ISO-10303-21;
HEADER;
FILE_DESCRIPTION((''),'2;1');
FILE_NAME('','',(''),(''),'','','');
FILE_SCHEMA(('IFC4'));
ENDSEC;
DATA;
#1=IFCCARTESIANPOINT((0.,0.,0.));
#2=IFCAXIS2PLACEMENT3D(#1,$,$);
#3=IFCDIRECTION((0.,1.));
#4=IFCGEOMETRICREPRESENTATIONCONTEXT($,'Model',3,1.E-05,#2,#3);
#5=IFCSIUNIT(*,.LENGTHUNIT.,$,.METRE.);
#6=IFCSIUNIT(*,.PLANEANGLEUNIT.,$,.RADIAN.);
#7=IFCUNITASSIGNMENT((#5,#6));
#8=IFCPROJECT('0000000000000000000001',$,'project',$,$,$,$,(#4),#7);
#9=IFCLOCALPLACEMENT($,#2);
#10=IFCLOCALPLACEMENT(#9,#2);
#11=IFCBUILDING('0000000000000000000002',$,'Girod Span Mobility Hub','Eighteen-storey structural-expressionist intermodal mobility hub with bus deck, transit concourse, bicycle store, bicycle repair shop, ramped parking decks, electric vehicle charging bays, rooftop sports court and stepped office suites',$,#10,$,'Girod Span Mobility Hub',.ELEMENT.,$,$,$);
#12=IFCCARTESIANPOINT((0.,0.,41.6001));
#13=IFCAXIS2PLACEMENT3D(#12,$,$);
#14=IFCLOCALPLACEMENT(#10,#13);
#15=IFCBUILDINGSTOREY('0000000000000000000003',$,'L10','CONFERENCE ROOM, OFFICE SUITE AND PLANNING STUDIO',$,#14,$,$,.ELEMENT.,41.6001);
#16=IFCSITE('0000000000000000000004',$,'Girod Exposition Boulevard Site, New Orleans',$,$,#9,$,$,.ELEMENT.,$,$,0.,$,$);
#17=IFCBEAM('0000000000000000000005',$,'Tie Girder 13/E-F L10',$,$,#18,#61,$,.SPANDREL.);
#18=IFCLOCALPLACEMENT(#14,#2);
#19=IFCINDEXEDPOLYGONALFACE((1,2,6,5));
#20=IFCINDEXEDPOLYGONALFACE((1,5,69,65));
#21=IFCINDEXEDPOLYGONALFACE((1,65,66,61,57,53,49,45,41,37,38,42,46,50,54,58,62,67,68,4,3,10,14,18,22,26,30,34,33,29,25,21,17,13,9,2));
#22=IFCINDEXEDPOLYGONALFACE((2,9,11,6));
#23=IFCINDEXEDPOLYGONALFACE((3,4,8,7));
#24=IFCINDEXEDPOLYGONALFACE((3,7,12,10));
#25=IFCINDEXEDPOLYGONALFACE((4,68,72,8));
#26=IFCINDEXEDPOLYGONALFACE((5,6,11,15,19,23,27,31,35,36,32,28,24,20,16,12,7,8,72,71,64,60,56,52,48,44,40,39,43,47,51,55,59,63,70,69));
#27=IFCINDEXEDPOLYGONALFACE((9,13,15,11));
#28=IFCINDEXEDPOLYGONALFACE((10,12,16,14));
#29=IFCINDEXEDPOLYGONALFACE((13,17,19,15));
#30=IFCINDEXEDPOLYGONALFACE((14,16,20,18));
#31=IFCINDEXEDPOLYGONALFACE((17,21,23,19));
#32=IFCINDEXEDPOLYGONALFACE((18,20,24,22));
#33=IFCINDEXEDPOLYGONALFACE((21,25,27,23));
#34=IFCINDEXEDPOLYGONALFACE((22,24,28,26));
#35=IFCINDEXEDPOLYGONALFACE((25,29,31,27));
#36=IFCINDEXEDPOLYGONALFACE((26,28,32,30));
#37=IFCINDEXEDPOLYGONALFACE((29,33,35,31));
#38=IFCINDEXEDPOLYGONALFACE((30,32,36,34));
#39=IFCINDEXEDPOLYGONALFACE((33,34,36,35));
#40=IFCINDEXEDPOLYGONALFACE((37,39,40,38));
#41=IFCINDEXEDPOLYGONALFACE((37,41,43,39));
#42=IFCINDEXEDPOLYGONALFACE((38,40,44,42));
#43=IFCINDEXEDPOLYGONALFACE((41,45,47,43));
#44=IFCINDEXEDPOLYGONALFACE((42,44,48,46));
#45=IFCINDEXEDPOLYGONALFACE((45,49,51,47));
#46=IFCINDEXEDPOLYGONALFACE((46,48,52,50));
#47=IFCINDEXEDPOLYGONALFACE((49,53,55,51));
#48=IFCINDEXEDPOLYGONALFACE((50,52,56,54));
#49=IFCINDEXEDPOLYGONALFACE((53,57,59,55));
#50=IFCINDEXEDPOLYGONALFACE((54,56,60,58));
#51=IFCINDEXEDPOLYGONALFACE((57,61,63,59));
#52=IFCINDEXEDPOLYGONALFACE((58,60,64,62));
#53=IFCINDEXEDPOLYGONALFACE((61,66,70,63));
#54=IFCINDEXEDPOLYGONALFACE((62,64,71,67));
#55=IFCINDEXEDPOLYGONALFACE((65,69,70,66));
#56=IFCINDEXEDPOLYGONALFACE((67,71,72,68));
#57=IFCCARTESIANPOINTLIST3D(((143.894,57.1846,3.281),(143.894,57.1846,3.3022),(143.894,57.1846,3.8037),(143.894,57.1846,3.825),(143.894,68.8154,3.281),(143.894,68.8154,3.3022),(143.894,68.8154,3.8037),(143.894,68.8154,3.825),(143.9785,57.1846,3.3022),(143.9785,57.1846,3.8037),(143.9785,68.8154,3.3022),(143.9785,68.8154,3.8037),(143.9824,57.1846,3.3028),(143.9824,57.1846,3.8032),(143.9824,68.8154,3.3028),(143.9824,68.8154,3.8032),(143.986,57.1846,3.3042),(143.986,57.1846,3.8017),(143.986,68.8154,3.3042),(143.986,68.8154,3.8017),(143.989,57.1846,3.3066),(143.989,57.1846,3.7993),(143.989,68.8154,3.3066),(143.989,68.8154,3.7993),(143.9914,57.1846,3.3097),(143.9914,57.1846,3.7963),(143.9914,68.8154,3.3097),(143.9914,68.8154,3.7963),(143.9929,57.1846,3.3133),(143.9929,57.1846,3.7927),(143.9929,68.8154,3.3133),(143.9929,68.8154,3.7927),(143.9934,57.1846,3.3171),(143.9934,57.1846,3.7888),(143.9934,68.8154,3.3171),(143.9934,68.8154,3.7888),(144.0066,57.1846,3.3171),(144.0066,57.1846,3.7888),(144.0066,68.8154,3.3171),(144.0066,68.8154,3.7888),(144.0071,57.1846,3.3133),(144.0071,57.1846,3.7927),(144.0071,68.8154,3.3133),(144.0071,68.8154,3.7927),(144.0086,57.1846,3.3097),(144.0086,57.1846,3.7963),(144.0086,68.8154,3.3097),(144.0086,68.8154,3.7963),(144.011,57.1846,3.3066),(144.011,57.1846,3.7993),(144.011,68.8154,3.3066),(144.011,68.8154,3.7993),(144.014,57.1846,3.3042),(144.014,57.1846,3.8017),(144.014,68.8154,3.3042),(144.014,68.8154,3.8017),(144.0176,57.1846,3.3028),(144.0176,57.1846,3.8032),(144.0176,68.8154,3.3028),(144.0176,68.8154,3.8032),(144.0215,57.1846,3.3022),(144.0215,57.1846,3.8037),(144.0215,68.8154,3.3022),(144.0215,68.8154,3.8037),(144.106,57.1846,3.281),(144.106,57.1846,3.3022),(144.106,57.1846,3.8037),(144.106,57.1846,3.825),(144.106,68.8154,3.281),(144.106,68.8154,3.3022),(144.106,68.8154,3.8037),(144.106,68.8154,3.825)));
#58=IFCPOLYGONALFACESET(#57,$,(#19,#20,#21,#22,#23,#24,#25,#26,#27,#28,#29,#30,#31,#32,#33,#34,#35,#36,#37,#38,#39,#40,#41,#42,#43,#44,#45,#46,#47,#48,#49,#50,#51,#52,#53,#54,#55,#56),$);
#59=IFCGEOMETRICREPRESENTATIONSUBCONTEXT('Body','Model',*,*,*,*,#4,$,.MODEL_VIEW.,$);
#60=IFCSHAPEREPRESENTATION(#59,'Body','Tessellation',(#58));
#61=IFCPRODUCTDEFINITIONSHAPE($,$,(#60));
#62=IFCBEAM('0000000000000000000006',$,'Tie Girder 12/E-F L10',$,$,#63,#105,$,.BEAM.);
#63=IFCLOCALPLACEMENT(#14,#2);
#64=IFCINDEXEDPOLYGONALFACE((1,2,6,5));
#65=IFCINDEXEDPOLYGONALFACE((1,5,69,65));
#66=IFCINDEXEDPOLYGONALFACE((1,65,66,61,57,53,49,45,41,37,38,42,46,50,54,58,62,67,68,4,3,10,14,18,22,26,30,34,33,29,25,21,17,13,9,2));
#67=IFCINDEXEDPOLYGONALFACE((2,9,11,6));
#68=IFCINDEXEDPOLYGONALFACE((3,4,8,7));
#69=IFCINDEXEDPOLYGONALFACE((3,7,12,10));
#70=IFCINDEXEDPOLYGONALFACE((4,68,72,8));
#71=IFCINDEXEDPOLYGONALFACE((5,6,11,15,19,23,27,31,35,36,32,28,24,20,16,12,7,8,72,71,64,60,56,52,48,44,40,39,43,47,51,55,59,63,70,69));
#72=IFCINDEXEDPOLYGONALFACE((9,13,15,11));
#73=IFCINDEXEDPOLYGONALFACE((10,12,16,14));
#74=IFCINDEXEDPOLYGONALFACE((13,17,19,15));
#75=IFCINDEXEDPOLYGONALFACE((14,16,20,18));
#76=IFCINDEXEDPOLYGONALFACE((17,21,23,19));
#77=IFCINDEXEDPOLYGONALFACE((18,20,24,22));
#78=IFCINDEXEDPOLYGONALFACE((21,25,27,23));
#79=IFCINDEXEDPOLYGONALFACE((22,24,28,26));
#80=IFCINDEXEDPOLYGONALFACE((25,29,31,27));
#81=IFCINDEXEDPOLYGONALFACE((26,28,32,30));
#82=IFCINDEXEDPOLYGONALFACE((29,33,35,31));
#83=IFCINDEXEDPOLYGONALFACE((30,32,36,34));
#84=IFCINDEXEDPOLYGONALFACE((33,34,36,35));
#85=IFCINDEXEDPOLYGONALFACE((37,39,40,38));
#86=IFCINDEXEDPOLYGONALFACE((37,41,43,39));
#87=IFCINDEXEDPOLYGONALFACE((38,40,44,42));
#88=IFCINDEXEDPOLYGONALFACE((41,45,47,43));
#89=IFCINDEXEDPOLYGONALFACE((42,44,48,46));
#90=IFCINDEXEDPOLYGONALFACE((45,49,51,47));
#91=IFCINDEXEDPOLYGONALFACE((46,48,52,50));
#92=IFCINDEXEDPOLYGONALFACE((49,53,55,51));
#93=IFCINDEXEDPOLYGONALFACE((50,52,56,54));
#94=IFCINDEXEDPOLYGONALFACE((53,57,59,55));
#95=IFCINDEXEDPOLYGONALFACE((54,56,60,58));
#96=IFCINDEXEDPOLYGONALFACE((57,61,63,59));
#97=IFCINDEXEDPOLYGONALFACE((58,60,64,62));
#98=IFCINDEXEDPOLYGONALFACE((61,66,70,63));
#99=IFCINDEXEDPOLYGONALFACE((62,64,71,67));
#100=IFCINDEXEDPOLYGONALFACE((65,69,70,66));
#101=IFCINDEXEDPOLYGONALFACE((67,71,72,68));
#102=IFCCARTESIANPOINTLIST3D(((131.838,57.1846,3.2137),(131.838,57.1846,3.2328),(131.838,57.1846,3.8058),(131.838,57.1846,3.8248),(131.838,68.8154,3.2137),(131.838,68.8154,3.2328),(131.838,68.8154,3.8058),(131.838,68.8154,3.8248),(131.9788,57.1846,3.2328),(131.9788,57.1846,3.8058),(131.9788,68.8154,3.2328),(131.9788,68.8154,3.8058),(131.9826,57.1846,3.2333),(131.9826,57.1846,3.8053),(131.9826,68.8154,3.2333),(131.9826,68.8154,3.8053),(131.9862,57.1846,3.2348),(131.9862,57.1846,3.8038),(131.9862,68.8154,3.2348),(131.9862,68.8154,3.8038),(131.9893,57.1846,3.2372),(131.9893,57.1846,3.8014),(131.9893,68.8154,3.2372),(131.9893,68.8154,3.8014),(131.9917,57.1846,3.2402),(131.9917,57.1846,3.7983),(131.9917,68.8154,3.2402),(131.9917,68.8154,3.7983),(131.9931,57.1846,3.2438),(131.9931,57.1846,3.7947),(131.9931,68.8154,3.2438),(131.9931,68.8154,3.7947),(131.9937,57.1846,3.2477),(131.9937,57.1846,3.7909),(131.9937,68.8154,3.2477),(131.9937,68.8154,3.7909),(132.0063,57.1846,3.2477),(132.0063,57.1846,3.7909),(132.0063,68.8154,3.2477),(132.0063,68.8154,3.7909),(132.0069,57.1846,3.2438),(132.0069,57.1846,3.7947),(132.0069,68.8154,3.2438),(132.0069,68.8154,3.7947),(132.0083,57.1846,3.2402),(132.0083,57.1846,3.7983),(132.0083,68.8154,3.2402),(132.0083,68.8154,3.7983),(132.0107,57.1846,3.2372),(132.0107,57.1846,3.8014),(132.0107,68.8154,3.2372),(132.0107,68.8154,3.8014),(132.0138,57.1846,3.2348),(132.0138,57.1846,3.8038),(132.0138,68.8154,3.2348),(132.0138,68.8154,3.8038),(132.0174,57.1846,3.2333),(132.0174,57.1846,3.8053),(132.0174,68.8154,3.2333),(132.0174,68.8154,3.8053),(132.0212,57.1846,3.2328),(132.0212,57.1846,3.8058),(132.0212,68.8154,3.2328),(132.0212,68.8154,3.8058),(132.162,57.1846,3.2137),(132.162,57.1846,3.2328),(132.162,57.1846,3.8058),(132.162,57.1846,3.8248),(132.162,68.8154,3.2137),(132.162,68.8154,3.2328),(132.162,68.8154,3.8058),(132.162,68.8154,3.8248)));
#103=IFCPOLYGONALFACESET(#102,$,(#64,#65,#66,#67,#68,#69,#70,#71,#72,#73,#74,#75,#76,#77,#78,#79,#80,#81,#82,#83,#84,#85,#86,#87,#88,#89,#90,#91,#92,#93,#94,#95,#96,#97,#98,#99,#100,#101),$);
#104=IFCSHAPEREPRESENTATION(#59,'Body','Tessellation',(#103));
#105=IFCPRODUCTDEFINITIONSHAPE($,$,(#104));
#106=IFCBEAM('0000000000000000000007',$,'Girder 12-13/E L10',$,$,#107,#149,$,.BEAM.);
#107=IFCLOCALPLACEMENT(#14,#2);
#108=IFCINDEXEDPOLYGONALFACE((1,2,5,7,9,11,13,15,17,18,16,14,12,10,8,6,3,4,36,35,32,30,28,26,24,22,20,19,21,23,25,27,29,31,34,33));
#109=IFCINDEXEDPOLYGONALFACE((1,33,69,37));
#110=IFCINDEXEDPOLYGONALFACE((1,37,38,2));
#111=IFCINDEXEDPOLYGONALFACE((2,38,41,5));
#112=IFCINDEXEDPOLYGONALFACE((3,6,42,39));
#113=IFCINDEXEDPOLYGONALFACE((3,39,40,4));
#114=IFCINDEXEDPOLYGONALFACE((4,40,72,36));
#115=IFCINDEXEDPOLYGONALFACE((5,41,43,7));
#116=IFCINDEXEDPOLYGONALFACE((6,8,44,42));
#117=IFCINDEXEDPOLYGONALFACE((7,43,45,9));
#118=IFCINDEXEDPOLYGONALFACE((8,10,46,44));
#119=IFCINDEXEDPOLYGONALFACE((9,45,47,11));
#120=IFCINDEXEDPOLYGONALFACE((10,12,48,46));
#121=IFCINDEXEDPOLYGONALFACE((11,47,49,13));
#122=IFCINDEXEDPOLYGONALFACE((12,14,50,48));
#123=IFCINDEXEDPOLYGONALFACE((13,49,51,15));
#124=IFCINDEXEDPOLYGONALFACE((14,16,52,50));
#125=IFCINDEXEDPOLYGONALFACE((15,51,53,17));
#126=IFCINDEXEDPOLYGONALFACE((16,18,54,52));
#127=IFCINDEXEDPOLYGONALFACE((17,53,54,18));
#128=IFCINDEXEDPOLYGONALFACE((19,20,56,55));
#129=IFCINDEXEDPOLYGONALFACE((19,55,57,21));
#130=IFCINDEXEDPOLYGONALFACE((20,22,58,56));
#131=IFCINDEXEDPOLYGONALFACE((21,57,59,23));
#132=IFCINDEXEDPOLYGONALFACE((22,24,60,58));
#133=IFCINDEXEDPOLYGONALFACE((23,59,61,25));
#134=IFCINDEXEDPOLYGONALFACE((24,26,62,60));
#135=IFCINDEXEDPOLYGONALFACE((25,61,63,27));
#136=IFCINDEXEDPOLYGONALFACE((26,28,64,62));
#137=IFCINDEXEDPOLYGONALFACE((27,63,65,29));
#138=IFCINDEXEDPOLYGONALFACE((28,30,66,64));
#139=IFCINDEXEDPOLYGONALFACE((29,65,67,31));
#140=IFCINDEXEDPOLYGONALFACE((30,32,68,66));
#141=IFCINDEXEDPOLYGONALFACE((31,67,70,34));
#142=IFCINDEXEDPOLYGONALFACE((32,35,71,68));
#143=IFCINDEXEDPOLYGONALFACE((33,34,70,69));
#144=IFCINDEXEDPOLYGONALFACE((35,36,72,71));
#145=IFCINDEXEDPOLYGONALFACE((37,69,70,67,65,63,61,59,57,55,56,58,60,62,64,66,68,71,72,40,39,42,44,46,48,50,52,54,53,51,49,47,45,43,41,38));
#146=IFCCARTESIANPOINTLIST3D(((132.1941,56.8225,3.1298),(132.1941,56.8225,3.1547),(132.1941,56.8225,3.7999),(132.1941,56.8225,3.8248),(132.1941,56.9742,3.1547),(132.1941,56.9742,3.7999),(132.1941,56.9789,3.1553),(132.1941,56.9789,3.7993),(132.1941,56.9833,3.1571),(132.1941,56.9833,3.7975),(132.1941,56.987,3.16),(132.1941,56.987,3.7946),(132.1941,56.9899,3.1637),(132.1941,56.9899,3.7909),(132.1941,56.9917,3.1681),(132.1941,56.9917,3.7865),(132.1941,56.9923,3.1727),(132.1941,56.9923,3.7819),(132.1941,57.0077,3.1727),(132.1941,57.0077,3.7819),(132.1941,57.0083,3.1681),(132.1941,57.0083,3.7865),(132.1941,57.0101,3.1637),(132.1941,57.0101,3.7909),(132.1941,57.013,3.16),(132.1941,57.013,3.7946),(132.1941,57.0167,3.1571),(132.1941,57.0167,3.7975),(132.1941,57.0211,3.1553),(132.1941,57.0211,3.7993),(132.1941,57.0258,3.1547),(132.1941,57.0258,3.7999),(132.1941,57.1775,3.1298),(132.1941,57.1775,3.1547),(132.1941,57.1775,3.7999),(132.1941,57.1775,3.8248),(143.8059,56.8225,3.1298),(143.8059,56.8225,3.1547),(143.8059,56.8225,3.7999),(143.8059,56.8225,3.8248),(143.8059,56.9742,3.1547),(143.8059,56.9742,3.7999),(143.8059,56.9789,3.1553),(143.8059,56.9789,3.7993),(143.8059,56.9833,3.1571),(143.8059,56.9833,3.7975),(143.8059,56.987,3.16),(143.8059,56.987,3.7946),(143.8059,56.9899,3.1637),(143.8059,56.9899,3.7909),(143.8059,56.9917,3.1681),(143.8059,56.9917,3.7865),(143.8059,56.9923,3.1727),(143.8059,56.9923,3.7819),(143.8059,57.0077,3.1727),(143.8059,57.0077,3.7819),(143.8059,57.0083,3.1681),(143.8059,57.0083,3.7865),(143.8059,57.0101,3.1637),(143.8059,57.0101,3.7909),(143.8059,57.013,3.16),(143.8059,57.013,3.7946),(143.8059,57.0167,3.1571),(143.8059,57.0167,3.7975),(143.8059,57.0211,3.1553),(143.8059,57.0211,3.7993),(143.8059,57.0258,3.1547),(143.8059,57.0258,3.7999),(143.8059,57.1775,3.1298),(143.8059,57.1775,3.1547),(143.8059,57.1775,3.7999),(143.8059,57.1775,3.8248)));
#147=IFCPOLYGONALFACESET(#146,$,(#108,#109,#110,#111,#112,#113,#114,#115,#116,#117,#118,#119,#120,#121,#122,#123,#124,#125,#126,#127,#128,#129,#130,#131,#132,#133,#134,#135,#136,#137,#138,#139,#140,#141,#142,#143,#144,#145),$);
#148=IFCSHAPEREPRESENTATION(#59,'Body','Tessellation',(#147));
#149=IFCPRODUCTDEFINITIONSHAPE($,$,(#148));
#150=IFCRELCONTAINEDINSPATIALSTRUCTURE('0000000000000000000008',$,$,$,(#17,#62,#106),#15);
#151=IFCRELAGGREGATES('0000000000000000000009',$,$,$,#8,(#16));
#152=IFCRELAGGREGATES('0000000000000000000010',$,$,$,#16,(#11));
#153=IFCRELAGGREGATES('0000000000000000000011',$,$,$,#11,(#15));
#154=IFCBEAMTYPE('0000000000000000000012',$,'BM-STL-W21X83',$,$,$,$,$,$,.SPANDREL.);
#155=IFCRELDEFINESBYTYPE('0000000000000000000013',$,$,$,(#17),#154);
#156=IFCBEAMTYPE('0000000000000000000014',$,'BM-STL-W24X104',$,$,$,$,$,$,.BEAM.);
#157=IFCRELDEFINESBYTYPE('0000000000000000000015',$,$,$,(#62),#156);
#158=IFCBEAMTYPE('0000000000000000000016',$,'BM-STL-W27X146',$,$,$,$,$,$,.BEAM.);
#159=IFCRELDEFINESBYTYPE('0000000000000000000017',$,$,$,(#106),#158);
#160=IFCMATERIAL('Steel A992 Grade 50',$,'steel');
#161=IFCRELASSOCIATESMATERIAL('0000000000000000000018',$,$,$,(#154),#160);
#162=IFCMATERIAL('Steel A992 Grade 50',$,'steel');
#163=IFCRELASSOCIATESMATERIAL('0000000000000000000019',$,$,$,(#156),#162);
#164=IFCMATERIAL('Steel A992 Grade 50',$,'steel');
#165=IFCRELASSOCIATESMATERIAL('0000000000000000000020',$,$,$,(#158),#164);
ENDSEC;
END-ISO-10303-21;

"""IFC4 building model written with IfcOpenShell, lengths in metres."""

from ifc_helpers import new_model, si_unit, direction, frame, origin, origin_2d, place, context, subcontext, project, spatial, i_section, extrude, material, material_profile, profile_set, type_object, element, save


model = new_model("IFC4")

# Units and contexts
model_context = context("Model", 3, precision=1e-05, world=origin(), true_north=direction((0.0, 1.0)))
body_context = subcontext(model_context, "Body", "Model", "MODEL_VIEW")
ifc_project = project(units=[si_unit("LENGTHUNIT", "METRE"), si_unit("PLANEANGLEUNIT", "RADIAN")], contexts=[model_context])

# Site, building, storey
site_placement = place(None, origin())
site = spatial("IfcSite", under=ifc_project, at=site_placement, Name="Girod Exposition Boulevard Site, New Orleans", CompositionType="ELEMENT", RefElevation=0.0)
building_placement = place(site_placement, origin())
building = spatial("IfcBuilding", under=site, at=building_placement, Name="Girod Span Mobility Hub", Description="Eighteen-storey structural-expressionist intermodal mobility hub with bus deck, transit concourse, bicycle store, bicycle repair shop, ramped parking decks, electric vehicle charging bays, rooftop sports court and stepped office suites", LongName="Girod Span Mobility Hub", CompositionType="ELEMENT")
storey_placement = place(building_placement, frame((0.0, 0.0, 41.6001)))
storey = spatial("IfcBuildingStorey", under=building, at=storey_placement, Name="L10", Description="CONFERENCE ROOM, OFFICE SUITE AND PLANNING STUDIO", CompositionType="ELEMENT", Elevation=41.6001)

# Beams
ifc_material_1 = material(Name="Steel A992 Grade 50", Category="steel")
ifc_material_profile_1 = material_profile(ifc_material_1, i_section(OverallWidth=0.2119, OverallDepth=0.5439, WebThickness=0.0132, FlangeThickness=0.0212, FilletRadius=0.0149, at=origin_2d()), Name="W21X83")
ifc_profile_set_1 = profile_set([ifc_material_profile_1], Name="Steel A992 Grade 50")
beam_type_1 = type_object("IfcBeamType", Name="BM-STL-W21X83", PredefinedType="SPANDREL", material=ifc_profile_set_1)
beam_1_placement = place(storey_placement, frame((144.0, 57.1846, 3.553), z_axis=(0.0, 1.0, 0.0), x_axis=(-1.0, 0.0, 0.0)))
element("IfcBeam", 1, at=beam_1_placement, inside=storey, type_object=beam_type_1, Name="Tie Girder 13/E-F L10", PredefinedType="SPANDREL", context=body_context, shape_type="SweptSolid", body=[
    extrude(i_section(OverallWidth=0.2119, OverallDepth=0.5439, WebThickness=0.0132, FlangeThickness=0.0212, FilletRadius=0.0149, at=origin_2d()), origin(), (0.0, 0.0, 1.0), 11.6309),
])
ifc_material_2 = material(Name="Steel A992 Grade 50", Category="steel")
ifc_material_profile_2 = material_profile(ifc_material_2, i_section(OverallWidth=0.324, OverallDepth=0.6111, WebThickness=0.0127, FlangeThickness=0.019, FilletRadius=0.0149, at=origin_2d()), Name="W24X104")
ifc_profile_set_2 = profile_set([ifc_material_profile_2], Name="Steel A992 Grade 50")
beam_type_2 = type_object("IfcBeamType", Name="BM-STL-W24X104", PredefinedType="BEAM", material=ifc_profile_set_2)
beam_2_placement = place(storey_placement, frame((132.0, 57.1846, 3.5193), z_axis=(0.0, 1.0, 0.0), x_axis=(-1.0, 0.0, 0.0)))
element("IfcBeam", 2, at=beam_2_placement, inside=storey, type_object=beam_type_2, Name="Tie Girder 12/E-F L10", PredefinedType="BEAM", context=body_context, shape_type="SweptSolid", body=[
    extrude(i_section(OverallWidth=0.324, OverallDepth=0.6111, WebThickness=0.0127, FlangeThickness=0.019, FilletRadius=0.0149, at=origin_2d()), origin(), (0.0, 0.0, 1.0), 11.6309),
])
ifc_material_3 = material(Name="Steel A992 Grade 50", Category="steel")
ifc_material_profile_3 = material_profile(ifc_material_3, i_section(OverallWidth=0.355, OverallDepth=0.6951, WebThickness=0.0154, FlangeThickness=0.0249, FilletRadius=0.0181, at=origin_2d()), Name="W27X146")
ifc_profile_set_3 = profile_set([ifc_material_profile_3], Name="Steel A992 Grade 50")
beam_type_3 = type_object("IfcBeamType", Name="BM-STL-W27X146", PredefinedType="BEAM", material=ifc_profile_set_3)
beam_3_placement = place(storey_placement, frame((132.1941, 57.0, 3.4773), z_axis=(1.0, 0.0, 0.0), x_axis=(0.0, 1.0, 0.0)))
element("IfcBeam", 3, at=beam_3_placement, inside=storey, type_object=beam_type_3, Name="Girder 12-13/E L10", PredefinedType="BEAM", context=body_context, shape_type="SweptSolid", body=[
    extrude(i_section(OverallWidth=0.355, OverallDepth=0.6951, WebThickness=0.0154, FlangeThickness=0.0249, FilletRadius=0.0181, at=origin_2d()), origin(), (0.0, 0.0, 1.0), 11.6118),
])

save(model, "model.ifc")
